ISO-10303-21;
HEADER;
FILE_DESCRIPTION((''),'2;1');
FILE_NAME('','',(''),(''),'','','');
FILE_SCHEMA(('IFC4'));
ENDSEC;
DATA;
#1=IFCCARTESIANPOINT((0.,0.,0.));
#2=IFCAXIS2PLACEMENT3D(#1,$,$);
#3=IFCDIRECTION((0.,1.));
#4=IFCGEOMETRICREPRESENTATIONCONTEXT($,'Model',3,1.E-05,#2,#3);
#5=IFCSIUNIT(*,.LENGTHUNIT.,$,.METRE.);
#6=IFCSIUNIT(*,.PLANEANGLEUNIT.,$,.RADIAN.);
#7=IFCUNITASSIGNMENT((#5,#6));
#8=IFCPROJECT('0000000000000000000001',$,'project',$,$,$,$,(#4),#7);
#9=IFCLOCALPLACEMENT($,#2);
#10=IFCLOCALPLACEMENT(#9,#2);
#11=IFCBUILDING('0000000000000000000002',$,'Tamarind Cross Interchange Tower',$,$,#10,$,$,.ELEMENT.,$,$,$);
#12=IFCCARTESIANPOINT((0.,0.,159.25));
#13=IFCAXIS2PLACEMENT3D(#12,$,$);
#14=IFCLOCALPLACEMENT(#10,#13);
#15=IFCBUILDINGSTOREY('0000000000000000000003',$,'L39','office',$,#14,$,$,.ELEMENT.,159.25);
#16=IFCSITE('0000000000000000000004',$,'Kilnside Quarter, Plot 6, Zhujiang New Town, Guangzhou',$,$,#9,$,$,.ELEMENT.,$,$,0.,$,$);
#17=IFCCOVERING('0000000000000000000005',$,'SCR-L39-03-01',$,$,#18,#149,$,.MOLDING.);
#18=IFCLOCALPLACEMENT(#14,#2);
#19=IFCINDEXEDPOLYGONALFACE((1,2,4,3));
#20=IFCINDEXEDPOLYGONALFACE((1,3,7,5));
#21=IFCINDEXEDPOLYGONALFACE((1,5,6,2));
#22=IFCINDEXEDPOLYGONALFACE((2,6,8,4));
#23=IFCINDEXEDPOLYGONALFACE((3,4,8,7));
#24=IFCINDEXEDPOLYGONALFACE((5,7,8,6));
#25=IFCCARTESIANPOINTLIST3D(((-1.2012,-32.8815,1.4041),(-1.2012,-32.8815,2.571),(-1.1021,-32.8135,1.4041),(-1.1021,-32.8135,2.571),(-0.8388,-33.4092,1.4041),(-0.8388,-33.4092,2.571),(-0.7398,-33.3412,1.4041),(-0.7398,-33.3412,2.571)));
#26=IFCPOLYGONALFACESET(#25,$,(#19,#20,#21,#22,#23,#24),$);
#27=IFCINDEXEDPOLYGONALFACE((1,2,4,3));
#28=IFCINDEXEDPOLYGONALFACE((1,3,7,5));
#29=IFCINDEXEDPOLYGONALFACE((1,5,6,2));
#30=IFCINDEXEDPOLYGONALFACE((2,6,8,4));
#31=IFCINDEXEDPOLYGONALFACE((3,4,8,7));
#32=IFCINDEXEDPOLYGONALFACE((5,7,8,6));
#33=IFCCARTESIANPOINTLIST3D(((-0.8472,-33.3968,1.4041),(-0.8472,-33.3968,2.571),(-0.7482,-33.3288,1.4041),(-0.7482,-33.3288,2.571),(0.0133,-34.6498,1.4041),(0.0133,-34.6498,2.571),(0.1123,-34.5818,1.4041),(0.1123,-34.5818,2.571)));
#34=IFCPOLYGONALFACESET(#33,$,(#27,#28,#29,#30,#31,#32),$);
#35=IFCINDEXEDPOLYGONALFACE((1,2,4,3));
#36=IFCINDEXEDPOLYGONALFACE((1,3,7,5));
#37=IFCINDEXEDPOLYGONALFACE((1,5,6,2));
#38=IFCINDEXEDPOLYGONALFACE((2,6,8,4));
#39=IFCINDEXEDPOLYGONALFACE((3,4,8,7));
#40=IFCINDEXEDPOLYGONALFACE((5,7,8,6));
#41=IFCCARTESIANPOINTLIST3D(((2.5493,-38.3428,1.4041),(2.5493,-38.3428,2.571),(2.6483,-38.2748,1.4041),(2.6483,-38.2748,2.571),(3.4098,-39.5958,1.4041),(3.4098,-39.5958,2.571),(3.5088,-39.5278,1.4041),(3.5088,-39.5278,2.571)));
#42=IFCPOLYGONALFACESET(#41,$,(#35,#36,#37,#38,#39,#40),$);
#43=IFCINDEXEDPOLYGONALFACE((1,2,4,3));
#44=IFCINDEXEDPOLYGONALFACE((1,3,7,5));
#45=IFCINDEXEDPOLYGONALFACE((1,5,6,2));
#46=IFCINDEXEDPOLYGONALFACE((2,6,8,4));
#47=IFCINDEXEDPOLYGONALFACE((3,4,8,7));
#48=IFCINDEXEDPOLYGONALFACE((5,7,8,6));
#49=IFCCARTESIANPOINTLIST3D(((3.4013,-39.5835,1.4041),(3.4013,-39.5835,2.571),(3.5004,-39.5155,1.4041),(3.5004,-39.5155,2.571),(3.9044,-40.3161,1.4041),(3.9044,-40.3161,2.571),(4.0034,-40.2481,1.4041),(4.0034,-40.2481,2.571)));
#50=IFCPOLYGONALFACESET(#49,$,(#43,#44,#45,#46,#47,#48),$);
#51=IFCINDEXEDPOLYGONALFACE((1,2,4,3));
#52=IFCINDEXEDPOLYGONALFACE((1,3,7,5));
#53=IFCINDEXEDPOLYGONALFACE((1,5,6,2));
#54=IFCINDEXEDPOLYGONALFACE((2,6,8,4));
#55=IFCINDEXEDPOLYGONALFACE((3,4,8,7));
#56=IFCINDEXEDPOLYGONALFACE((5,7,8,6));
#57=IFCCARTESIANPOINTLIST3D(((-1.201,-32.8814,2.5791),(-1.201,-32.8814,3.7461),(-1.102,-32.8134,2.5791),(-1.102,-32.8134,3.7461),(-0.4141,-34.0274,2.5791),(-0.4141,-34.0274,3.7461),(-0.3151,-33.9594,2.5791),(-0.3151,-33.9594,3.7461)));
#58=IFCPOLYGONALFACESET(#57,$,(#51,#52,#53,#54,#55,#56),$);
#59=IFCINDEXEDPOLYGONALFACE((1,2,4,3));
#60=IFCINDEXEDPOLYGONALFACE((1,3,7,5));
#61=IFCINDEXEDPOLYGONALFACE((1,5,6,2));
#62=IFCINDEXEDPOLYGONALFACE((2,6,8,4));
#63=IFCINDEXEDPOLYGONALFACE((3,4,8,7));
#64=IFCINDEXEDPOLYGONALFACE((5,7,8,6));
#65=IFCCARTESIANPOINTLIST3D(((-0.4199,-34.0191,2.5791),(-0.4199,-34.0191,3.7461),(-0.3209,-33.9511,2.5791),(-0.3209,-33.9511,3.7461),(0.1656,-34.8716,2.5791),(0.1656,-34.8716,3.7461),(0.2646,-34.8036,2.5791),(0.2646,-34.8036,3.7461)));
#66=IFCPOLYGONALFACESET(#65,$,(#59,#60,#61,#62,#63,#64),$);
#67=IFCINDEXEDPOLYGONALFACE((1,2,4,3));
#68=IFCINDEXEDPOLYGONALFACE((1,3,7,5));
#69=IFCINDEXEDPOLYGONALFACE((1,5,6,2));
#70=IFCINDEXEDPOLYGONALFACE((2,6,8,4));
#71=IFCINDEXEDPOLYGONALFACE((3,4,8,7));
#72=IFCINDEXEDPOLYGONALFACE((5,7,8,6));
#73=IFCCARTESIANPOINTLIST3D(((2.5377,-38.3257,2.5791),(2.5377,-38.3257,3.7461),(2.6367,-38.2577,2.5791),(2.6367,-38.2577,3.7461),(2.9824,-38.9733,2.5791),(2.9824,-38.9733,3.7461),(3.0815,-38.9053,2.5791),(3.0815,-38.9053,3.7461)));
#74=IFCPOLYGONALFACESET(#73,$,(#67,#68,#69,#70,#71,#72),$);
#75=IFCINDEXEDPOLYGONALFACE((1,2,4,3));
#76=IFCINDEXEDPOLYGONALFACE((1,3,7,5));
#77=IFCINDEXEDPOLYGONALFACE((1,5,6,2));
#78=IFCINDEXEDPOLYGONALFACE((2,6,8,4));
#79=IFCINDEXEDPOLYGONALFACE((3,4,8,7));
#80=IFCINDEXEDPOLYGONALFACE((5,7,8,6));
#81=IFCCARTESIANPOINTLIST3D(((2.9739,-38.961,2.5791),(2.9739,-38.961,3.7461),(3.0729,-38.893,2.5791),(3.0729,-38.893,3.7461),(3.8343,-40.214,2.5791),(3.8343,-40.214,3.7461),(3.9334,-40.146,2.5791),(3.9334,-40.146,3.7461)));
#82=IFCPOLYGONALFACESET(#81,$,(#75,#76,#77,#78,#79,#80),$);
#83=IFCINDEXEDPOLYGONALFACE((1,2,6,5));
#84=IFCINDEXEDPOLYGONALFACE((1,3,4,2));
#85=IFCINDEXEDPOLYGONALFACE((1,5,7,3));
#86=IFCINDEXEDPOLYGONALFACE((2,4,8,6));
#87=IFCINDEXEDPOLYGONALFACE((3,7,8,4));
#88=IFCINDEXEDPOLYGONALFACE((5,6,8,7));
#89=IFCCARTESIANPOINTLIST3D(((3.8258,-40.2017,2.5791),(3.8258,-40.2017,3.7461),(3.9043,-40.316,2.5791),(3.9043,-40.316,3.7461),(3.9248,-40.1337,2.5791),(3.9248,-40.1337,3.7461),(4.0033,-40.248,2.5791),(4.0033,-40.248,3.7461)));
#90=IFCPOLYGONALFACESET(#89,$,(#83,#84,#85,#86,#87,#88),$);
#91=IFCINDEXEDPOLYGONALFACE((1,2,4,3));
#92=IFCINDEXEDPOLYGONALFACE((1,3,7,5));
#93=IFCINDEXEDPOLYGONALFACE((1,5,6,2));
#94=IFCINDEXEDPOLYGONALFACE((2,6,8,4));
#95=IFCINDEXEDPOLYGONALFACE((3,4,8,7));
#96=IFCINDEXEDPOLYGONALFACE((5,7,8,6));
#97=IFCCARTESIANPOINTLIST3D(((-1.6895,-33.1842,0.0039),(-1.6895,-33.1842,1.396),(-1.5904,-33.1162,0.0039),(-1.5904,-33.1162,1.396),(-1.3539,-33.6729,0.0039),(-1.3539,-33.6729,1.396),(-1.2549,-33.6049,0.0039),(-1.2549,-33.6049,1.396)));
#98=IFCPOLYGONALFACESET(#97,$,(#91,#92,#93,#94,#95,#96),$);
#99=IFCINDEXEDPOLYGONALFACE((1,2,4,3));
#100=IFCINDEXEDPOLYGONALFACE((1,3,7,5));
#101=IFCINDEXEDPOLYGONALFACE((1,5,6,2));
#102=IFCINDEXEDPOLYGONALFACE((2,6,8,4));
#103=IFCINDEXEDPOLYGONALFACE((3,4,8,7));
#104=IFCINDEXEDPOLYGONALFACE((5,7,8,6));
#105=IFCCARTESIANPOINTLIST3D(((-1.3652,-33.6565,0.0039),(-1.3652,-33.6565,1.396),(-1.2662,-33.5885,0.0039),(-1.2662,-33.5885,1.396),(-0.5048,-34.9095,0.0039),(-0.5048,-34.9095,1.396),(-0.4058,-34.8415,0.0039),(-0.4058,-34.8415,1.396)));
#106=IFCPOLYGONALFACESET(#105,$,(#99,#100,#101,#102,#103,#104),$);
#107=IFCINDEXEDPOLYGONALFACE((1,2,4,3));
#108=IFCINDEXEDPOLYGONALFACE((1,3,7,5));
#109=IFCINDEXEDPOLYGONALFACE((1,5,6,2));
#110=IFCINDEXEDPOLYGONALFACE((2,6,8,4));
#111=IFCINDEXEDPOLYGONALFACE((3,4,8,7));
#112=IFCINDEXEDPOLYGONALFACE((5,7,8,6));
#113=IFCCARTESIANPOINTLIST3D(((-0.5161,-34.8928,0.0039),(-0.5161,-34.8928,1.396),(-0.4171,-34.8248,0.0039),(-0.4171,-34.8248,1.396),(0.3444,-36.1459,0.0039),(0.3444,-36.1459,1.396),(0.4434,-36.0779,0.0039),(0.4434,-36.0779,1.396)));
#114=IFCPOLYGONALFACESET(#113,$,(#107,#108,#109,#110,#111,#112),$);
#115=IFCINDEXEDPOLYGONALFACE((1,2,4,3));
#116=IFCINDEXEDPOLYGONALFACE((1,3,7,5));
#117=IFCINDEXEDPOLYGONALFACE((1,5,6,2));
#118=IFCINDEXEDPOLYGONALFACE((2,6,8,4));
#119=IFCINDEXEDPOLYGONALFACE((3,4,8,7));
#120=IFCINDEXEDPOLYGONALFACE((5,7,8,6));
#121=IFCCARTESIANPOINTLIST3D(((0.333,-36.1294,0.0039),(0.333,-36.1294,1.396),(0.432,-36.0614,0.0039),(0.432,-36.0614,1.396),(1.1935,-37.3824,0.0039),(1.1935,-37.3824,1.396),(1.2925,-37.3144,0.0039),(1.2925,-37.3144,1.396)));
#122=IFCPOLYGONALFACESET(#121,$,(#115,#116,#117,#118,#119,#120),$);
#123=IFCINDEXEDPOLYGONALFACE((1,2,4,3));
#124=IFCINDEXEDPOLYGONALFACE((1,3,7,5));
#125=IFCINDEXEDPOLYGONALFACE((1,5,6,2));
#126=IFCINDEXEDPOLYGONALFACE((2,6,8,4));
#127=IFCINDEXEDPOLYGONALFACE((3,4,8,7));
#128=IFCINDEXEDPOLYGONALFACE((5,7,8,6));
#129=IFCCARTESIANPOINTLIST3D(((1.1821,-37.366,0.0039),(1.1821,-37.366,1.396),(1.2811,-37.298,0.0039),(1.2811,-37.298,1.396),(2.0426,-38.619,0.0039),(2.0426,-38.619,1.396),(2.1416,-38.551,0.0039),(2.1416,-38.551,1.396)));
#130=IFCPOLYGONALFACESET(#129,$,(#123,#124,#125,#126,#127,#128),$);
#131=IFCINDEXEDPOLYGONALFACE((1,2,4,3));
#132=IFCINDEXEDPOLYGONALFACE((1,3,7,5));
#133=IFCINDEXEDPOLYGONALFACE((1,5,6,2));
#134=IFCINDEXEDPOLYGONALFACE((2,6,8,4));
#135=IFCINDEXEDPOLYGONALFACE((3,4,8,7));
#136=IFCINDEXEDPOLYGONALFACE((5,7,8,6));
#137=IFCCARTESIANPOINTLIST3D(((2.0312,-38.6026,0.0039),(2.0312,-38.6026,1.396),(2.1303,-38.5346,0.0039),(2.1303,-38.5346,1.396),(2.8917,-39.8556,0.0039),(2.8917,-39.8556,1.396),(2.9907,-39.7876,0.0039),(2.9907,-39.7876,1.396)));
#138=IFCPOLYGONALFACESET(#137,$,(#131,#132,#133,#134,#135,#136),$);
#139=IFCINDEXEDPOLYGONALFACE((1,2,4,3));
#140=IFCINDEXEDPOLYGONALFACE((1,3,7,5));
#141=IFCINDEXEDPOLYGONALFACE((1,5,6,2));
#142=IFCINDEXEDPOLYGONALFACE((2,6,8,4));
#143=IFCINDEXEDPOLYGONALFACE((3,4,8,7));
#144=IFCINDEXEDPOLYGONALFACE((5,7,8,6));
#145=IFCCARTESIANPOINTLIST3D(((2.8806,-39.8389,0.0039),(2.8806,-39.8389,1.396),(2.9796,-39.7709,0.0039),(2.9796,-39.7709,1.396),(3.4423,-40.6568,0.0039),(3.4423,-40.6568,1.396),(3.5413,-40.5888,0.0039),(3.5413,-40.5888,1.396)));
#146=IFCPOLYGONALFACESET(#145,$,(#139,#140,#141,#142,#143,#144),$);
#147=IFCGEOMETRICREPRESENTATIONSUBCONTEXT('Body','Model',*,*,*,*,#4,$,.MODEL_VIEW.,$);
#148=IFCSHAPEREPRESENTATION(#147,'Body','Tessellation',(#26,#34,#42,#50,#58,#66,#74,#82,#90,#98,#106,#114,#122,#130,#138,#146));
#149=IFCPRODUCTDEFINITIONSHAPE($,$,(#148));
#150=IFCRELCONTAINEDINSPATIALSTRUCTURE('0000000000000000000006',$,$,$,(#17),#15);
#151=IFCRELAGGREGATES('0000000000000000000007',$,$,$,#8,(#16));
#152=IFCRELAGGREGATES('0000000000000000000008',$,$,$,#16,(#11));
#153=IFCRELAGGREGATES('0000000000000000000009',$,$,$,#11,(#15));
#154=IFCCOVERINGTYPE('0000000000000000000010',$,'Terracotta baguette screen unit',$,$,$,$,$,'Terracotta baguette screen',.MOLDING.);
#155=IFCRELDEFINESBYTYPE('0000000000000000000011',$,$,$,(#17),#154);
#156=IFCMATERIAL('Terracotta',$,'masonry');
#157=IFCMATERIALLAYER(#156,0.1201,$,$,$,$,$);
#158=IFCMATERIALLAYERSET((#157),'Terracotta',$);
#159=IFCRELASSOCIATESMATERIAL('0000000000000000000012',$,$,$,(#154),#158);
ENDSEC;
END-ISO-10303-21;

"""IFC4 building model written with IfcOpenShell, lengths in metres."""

from ifc_helpers import new_model, si_unit, direction, frame, origin, origin_2d, place, context, subcontext, project, spatial, rectangle, extrude, material, layer, layer_set, type_object, element, save


model = new_model("IFC4")

# Units and contexts
model_context = context("Model", 3, precision=1e-05, world=origin(), true_north=direction((0.0, 1.0)))
body_context = subcontext(model_context, "Body", "Model", "MODEL_VIEW")
ifc_project = project(units=[si_unit("LENGTHUNIT", "METRE"), si_unit("PLANEANGLEUNIT", "RADIAN")], contexts=[model_context])

# Site, building, storey
site_placement = place(None, origin())
site = spatial("IfcSite", under=ifc_project, at=site_placement, Name="Kilnside Quarter, Plot 6, Zhujiang New Town, Guangzhou", CompositionType="ELEMENT", RefElevation=0.0)
building_placement = place(site_placement, origin())
building = spatial("IfcBuilding", under=site, at=building_placement, Name="Tamarind Cross Interchange Tower", CompositionType="ELEMENT")
storey_placement = place(building_placement, frame((0.0, 0.0, 159.25)))
storey = spatial("IfcBuildingStorey", under=building, at=storey_placement, Name="L39", Description="office", CompositionType="ELEMENT", Elevation=159.25)

# Covering
ifc_material_1 = material(Name="Terracotta", Category="masonry")
ifc_layer_1 = layer(ifc_material_1, 0.1201)
ifc_layer_set_1 = layer_set([ifc_layer_1], Name="Terracotta")
covering_type = type_object("IfcCoveringType", Name="Terracotta baguette screen unit", ElementType="Terracotta baguette screen", PredefinedType="MOLDING", material=ifc_layer_set_1)
covering_1_placement = place(storey_placement, origin())
element("IfcCovering", 1, at=covering_1_placement, inside=storey, type_object=covering_type, Name="SCR-L39-03-01", PredefinedType="MOLDING", context=body_context, shape_type="SweptSolid", body=[
    extrude(rectangle(XDim=0.6401, YDim=0.1201, at=origin_2d()), frame((-0.9705, -33.1113, 1.4041), z_axis=(0.0, 0.0, 1.0), x_axis=(0.566096, -0.82434, 0.0)), (0.0, 0.0, 1.0), 1.167),
    extrude(rectangle(XDim=1.52, YDim=0.1201, at=origin_2d()), frame((-0.3674, -33.9893, 1.4041), z_axis=(0.0, 0.0, 1.0), x_axis=(0.566096, -0.82434, 0.0)), (0.0, 0.0, 1.0), 1.167),
    extrude(rectangle(XDim=1.52, YDim=0.1201, at=origin_2d()), frame((3.0291, -38.9353, 1.4041), z_axis=(0.0, 0.0, 1.0), x_axis=(0.566096, -0.82434, 0.0)), (0.0, 0.0, 1.0), 1.167),
    extrude(rectangle(XDim=0.8887, YDim=0.1201, at=origin_2d()), frame((3.7024, -39.9158, 1.4041), z_axis=(0.0, 0.0, 1.0), x_axis=(0.566096, -0.82434, 0.0)), (0.0, 0.0, 1.0), 1.167),
    extrude(rectangle(XDim=1.3901, YDim=0.1201, at=origin_2d()), frame((-0.7581, -33.4204, 2.5791), z_axis=(0.0, 0.0, 1.0), x_axis=(0.566096, -0.82434, 0.0)), (0.0, 0.0, 1.0), 1.167),
    extrude(rectangle(XDim=1.0342, YDim=0.1201, at=origin_2d()), frame((-0.0776, -34.4114, 2.5791), z_axis=(0.0, 0.0, 1.0), x_axis=(0.566096, -0.82434, 0.0)), (0.0, 0.0, 1.0), 1.167),
    extrude(rectangle(XDim=0.7856, YDim=0.1201, at=origin_2d()), frame((2.8096, -38.6155, 2.5791), z_axis=(0.0, 0.0, 1.0), x_axis=(0.566096, -0.82434, 0.0)), (0.0, 0.0, 1.0), 1.167),
    extrude(rectangle(XDim=1.52, YDim=0.1201, at=origin_2d()), frame((3.4536, -39.5535, 2.5791), z_axis=(0.0, 0.0, 1.0), x_axis=(0.566096, -0.82434, 0.0)), (0.0, 0.0, 1.0), 1.167),
    extrude(rectangle(XDim=0.1387, YDim=0.1201, at=origin_2d()), frame((3.9146, -40.2249, 2.5791), z_axis=(0.0, 0.0, 1.0), x_axis=(0.566096, -0.82434, 0.0)), (0.0, 0.0, 1.0), 1.167),
    extrude(rectangle(XDim=0.5928, YDim=0.1201, at=origin_2d()), frame((-1.4722, -33.3945, 0.0039), z_axis=(0.0, 0.0, 1.0), x_axis=(0.566096, -0.82434, 0.0)), (0.0, 0.0, 1.0), 1.3921),
    extrude(rectangle(XDim=1.52, YDim=0.1201, at=origin_2d()), frame((-0.8855, -34.249, 0.0039), z_axis=(0.0, 0.0, 1.0), x_axis=(0.566096, -0.82434, 0.0)), (0.0, 0.0, 1.0), 1.3921),
    extrude(rectangle(XDim=1.52, YDim=0.1201, at=origin_2d()), frame((-0.0364, -35.4854, 0.0039), z_axis=(0.0, 0.0, 1.0), x_axis=(0.566096, -0.82434, 0.0)), (0.0, 0.0, 1.0), 1.3921),
    extrude(rectangle(XDim=1.52, YDim=0.1201, at=origin_2d()), frame((0.8127, -36.7219, 0.0039), z_axis=(0.0, 0.0, 1.0), x_axis=(0.566096, -0.82434, 0.0)), (0.0, 0.0, 1.0), 1.3921),
    extrude(rectangle(XDim=1.52, YDim=0.1201, at=origin_2d()), frame((1.6619, -37.9585, 0.0039), z_axis=(0.0, 0.0, 1.0), x_axis=(0.566096, -0.82434, 0.0)), (0.0, 0.0, 1.0), 1.3921),
    extrude(rectangle(XDim=1.52, YDim=0.1201, at=origin_2d()), frame((2.511, -39.1951, 0.0039), z_axis=(0.0, 0.0, 1.0), x_axis=(0.566096, -0.82434, 0.0)), (0.0, 0.0, 1.0), 1.3921),
    extrude(rectangle(XDim=0.9922, YDim=0.1201, at=origin_2d()), frame((3.2109, -40.2139, 0.0039), z_axis=(0.0, 0.0, 1.0), x_axis=(0.566096, -0.82434, 0.0)), (0.0, 0.0, 1.0), 1.3921),
])

save(model, "model.ifc")
